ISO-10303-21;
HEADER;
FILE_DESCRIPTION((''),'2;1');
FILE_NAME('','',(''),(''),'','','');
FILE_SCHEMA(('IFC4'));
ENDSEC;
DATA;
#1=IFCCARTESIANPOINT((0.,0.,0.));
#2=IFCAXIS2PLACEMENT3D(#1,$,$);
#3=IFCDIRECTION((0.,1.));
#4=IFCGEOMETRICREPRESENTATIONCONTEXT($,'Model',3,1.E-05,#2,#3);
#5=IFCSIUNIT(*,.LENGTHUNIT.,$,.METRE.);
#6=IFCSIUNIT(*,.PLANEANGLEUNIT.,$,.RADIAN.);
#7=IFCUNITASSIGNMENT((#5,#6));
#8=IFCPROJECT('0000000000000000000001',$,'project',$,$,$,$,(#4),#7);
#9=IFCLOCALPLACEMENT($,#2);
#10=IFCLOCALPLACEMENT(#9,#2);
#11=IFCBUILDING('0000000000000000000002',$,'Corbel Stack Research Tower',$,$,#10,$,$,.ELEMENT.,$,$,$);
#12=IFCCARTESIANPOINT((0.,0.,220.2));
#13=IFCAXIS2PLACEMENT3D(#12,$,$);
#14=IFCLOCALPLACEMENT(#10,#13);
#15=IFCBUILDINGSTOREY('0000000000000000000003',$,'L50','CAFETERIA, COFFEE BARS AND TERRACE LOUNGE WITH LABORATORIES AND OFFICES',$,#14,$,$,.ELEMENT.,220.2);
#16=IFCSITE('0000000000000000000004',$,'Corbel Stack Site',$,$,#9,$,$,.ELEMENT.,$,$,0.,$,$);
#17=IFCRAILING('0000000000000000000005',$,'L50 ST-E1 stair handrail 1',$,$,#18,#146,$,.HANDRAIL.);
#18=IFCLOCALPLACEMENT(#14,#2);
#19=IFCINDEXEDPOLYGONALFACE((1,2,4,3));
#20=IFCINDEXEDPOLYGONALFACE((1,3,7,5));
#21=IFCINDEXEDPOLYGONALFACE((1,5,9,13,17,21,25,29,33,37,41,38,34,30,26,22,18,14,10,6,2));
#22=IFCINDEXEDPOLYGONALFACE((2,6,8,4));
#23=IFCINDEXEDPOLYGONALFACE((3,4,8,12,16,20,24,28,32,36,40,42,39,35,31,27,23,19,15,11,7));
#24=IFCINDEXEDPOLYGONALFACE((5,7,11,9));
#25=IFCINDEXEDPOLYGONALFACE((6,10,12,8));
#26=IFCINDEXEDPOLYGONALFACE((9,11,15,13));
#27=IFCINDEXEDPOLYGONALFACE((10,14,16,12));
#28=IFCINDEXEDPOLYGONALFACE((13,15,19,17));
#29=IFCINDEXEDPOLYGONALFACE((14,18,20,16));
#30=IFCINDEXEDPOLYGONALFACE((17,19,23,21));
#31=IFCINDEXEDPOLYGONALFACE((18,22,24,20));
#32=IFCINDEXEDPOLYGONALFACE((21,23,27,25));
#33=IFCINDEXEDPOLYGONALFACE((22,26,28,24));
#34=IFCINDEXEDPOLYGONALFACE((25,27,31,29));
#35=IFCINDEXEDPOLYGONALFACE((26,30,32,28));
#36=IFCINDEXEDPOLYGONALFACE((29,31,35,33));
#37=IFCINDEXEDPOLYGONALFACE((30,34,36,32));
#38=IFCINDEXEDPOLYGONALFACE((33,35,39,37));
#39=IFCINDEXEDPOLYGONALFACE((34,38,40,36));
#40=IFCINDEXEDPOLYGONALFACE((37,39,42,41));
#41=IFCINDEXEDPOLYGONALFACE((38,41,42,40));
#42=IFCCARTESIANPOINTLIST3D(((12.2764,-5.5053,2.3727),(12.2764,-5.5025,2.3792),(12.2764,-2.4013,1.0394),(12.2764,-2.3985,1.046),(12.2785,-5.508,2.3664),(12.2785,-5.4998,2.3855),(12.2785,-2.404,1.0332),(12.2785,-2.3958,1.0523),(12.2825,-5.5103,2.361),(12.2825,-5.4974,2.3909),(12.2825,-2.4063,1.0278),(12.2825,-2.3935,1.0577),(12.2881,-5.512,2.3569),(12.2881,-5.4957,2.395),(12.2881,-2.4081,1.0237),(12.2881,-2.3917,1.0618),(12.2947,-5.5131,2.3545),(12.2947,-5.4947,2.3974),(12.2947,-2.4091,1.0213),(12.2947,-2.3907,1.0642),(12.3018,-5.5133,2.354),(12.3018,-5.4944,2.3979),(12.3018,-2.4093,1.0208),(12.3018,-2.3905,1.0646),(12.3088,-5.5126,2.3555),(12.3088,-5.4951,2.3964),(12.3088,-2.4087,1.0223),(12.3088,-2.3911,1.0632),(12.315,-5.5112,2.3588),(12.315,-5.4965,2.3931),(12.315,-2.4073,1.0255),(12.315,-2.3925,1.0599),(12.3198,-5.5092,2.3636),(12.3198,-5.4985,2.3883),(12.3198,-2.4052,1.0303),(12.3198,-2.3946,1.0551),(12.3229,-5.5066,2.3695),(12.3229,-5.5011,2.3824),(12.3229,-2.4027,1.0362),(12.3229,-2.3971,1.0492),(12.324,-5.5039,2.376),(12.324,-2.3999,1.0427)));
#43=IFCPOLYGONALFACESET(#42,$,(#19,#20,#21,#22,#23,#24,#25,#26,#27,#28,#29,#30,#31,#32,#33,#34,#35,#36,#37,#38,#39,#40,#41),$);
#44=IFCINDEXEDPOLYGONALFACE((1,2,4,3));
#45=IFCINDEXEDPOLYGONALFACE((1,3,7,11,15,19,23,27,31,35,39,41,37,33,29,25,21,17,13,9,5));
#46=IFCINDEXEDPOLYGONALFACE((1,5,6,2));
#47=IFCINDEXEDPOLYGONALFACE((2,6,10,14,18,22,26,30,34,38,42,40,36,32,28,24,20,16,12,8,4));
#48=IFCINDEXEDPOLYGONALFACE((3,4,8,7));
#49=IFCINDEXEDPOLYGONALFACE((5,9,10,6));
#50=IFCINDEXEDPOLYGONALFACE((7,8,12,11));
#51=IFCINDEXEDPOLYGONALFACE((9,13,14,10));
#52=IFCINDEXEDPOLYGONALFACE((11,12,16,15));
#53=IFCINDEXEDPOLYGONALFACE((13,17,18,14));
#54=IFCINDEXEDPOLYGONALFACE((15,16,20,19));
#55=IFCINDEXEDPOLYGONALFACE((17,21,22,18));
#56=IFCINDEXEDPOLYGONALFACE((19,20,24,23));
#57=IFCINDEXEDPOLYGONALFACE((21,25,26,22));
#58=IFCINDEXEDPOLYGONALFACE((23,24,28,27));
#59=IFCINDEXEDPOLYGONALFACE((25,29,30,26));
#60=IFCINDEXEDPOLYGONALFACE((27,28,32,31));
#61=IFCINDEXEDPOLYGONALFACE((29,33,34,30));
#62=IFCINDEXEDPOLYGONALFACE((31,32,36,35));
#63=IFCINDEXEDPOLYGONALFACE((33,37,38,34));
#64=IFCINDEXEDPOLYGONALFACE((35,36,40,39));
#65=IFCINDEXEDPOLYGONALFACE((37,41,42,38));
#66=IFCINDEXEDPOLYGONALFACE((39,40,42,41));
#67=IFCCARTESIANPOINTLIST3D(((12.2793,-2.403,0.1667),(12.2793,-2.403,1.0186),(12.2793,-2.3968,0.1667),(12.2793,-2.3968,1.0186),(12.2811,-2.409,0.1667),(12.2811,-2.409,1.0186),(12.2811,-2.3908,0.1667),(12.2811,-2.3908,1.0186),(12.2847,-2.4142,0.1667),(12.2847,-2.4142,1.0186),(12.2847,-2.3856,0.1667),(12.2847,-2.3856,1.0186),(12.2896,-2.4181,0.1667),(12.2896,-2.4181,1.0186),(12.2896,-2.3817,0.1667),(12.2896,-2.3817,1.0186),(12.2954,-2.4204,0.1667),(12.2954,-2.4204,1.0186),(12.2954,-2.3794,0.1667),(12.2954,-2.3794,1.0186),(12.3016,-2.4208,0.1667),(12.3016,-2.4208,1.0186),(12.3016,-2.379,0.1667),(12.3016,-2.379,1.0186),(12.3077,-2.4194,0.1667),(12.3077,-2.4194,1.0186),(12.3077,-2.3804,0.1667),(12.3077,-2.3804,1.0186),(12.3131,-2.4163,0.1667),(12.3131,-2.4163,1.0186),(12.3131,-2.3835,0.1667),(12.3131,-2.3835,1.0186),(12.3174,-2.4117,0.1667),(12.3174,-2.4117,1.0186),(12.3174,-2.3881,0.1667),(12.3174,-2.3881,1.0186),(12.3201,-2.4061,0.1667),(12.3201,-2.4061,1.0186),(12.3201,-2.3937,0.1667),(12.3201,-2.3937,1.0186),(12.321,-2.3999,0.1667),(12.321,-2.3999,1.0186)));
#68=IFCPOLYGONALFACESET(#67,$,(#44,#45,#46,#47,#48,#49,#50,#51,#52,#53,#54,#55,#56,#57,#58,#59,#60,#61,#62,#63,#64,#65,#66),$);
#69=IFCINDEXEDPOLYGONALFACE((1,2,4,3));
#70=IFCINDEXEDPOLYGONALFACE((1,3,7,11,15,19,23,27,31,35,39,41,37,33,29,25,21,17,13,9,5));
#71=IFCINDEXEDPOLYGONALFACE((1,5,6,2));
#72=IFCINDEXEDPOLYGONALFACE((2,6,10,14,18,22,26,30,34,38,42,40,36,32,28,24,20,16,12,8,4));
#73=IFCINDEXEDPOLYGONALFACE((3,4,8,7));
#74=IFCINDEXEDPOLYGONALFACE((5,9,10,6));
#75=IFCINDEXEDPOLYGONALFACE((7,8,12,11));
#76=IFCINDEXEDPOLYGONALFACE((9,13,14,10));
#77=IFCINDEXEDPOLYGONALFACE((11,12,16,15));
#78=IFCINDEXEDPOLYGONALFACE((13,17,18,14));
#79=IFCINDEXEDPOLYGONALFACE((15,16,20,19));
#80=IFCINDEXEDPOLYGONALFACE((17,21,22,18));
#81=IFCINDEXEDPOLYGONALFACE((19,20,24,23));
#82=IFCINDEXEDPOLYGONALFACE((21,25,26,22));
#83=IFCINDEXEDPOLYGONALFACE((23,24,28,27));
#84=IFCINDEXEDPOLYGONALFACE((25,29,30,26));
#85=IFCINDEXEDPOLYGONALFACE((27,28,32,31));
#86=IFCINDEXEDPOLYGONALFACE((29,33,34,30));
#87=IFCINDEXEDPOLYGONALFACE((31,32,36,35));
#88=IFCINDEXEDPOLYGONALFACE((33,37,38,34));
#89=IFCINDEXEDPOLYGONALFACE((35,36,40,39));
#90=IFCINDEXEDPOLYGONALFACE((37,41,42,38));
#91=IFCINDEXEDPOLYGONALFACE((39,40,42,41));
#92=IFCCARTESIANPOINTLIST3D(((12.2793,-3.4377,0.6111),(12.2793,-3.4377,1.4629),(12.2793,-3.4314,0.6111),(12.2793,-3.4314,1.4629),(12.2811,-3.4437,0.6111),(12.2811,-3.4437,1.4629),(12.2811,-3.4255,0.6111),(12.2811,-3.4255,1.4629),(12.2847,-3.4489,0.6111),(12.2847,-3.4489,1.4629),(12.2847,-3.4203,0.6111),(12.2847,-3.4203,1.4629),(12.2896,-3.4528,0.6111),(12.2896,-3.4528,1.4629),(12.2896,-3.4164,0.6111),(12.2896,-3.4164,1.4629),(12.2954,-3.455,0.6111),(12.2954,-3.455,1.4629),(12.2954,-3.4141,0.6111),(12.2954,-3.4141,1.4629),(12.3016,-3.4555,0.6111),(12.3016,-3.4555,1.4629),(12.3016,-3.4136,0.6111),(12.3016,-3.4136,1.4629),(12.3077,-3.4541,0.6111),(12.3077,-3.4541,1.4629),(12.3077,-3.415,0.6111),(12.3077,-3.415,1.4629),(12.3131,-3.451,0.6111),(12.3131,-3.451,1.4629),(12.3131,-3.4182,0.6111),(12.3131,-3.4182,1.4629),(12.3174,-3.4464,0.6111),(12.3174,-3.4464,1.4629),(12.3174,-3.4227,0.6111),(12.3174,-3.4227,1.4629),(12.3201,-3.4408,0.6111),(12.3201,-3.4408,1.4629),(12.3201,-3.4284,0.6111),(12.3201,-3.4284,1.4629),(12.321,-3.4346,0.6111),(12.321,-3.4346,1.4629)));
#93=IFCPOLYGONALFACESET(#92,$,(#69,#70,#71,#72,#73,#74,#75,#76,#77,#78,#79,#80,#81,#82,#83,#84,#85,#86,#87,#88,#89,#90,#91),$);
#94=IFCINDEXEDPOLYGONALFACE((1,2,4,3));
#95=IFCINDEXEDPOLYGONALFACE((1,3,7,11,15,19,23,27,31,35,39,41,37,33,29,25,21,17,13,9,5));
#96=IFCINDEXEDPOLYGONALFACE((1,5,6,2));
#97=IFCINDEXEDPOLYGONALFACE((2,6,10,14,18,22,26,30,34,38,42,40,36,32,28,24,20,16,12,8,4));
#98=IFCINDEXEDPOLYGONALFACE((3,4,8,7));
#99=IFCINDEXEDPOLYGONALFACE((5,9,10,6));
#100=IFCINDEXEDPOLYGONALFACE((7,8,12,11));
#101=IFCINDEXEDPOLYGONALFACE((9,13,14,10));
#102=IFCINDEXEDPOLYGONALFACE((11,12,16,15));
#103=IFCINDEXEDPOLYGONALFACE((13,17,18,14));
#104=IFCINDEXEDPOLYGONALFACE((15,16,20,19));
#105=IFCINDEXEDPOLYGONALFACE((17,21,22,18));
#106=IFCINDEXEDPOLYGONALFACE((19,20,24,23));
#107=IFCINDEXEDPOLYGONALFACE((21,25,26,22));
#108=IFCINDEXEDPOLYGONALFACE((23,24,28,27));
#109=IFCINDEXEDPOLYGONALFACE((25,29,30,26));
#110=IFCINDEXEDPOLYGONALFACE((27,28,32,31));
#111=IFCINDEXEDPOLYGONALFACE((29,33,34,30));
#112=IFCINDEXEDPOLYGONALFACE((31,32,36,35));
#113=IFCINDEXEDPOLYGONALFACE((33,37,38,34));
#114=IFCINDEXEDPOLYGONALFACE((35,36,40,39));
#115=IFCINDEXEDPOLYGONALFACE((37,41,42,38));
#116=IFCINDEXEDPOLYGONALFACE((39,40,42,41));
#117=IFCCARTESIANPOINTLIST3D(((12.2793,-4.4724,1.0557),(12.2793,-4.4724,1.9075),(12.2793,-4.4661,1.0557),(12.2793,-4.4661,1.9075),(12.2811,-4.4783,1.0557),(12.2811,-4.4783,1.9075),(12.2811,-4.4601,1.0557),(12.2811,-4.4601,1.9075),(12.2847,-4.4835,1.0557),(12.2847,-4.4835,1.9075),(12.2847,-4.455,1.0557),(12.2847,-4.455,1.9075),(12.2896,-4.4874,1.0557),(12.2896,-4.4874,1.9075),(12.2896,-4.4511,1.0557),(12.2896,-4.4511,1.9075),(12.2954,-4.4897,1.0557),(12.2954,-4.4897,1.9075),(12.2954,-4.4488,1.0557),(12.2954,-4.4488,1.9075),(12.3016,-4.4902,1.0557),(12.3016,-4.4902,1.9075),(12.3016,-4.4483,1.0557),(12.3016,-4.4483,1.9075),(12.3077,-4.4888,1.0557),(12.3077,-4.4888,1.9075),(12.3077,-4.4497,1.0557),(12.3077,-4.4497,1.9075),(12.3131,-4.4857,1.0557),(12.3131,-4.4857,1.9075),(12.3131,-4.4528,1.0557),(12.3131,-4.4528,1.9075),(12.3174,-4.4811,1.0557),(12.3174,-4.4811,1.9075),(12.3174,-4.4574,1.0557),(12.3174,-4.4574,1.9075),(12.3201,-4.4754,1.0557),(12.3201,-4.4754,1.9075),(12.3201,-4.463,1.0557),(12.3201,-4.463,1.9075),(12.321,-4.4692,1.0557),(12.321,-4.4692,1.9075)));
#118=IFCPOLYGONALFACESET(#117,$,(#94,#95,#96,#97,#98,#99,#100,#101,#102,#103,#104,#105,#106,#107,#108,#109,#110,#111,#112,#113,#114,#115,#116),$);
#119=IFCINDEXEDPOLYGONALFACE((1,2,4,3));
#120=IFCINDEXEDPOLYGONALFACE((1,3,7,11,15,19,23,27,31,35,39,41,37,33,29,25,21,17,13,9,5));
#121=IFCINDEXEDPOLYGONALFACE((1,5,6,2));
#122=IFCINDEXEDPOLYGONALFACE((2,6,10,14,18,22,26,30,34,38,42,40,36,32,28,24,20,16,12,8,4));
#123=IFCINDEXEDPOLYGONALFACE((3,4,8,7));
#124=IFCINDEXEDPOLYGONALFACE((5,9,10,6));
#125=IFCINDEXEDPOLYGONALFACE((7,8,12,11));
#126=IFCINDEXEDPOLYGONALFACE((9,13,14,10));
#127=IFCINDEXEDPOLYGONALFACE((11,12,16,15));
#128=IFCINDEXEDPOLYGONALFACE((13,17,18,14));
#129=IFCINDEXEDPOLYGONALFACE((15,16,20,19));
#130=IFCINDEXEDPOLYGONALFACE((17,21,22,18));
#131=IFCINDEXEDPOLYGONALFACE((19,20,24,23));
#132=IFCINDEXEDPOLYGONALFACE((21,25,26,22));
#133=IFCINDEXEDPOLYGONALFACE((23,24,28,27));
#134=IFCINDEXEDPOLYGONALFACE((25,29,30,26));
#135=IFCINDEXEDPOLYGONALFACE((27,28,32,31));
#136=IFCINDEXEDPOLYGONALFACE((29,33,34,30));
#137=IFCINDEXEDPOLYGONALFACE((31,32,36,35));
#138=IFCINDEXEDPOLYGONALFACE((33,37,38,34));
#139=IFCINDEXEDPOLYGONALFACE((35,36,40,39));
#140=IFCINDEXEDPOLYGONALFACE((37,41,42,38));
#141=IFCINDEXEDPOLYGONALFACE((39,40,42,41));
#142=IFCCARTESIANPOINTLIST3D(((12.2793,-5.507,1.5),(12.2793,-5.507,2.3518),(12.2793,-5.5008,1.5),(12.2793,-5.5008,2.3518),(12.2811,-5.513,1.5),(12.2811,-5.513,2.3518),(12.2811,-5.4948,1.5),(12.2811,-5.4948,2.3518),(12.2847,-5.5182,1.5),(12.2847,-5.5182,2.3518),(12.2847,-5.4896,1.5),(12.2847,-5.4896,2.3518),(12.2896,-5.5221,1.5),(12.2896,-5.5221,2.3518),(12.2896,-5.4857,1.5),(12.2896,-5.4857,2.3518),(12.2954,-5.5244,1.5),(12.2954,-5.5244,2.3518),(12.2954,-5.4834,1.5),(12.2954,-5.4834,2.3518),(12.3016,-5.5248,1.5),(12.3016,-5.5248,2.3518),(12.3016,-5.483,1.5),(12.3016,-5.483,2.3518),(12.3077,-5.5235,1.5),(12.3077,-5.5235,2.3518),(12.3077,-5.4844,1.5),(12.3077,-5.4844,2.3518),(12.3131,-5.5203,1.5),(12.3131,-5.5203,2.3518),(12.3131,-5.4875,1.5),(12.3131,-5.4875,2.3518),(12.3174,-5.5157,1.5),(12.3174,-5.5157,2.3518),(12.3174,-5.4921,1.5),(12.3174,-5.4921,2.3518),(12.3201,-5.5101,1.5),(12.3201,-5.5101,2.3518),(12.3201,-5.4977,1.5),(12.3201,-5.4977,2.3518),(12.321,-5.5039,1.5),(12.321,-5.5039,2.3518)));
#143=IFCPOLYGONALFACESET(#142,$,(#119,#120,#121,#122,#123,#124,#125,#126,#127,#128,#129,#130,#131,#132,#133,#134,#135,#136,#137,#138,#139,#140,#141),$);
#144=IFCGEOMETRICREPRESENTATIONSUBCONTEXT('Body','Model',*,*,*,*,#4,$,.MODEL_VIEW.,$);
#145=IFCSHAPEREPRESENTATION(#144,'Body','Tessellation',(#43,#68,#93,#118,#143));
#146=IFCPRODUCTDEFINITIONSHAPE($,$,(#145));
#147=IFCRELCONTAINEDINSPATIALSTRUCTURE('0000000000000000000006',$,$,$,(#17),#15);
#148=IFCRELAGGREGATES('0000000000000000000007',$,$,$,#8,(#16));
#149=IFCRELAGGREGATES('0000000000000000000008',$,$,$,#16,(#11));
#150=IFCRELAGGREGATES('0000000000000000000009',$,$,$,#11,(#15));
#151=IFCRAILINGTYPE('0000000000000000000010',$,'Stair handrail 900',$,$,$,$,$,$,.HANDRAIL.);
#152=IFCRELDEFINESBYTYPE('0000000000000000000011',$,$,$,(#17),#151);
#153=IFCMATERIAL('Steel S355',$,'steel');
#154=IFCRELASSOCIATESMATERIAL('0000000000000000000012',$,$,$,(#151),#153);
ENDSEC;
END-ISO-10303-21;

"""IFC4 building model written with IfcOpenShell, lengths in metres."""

from ifc_helpers import new_model, si_unit, direction, frame, origin, origin_2d, place, context, subcontext, project, spatial, circle, extrude, material, type_object, element, save


model = new_model("IFC4")

# Units and contexts
model_context = context("Model", 3, precision=1e-05, world=origin(), true_north=direction((0.0, 1.0)))
body_context = subcontext(model_context, "Body", "Model", "MODEL_VIEW")
ifc_project = project(units=[si_unit("LENGTHUNIT", "METRE"), si_unit("PLANEANGLEUNIT", "RADIAN")], contexts=[model_context])

# Site, building, storey
site_placement = place(None, origin())
site = spatial("IfcSite", under=ifc_project, at=site_placement, Name="Corbel Stack Site", CompositionType="ELEMENT", RefElevation=0.0)
building_placement = place(site_placement, origin())
building = spatial("IfcBuilding", under=site, at=building_placement, Name="Corbel Stack Research Tower", CompositionType="ELEMENT")
storey_placement = place(building_placement, frame((0.0, 0.0, 220.2)))
storey = spatial("IfcBuildingStorey", under=building, at=storey_placement, Name="L50", Description="CAFETERIA, COFFEE BARS AND TERRACE LOUNGE WITH LABORATORIES AND OFFICES", CompositionType="ELEMENT", Elevation=220.2)

# Railing
ifc_material_1 = material(Name="Steel S355", Category="steel")
railing_type_1 = type_object("IfcRailingType", Name="Stair handrail 900", PredefinedType="HANDRAIL", material=ifc_material_1)
railing_1_placement = place(storey_placement, frame((12.3, -2.3999, 0.1667)))
element("IfcRailing", 1, at=railing_1_placement, inside=storey, type_object=railing_type_1, Name="L50 ST-E1 stair handrail 1", PredefinedType="HANDRAIL", context=body_context, shape_type="SweptSolid", body=[
    extrude(circle(Radius=0.0239, at=origin_2d()), frame((0.0, 0.0, 0.876), z_axis=(0.0, -0.918827, 0.394661), x_axis=(1.0, 0.0, 0.0)), (0.0, 0.0, 1.0), 3.3782),
    extrude(circle(Radius=0.021, at=origin_2d()), origin(), (0.0, 0.0, 1.0), 0.8518),
    extrude(circle(Radius=0.021, at=origin_2d()), frame((0.0, -1.0347, 0.4443)), (0.0, 0.0, 1.0), 0.8518),
    extrude(circle(Radius=0.021, at=origin_2d()), frame((0.0, -2.0693, 0.8889)), (0.0, 0.0, 1.0), 0.8518),
    extrude(circle(Radius=0.021, at=origin_2d()), frame((0.0, -3.104, 1.3333)), (0.0, 0.0, 1.0), 0.8518),
])

save(model, "model.ifc")
